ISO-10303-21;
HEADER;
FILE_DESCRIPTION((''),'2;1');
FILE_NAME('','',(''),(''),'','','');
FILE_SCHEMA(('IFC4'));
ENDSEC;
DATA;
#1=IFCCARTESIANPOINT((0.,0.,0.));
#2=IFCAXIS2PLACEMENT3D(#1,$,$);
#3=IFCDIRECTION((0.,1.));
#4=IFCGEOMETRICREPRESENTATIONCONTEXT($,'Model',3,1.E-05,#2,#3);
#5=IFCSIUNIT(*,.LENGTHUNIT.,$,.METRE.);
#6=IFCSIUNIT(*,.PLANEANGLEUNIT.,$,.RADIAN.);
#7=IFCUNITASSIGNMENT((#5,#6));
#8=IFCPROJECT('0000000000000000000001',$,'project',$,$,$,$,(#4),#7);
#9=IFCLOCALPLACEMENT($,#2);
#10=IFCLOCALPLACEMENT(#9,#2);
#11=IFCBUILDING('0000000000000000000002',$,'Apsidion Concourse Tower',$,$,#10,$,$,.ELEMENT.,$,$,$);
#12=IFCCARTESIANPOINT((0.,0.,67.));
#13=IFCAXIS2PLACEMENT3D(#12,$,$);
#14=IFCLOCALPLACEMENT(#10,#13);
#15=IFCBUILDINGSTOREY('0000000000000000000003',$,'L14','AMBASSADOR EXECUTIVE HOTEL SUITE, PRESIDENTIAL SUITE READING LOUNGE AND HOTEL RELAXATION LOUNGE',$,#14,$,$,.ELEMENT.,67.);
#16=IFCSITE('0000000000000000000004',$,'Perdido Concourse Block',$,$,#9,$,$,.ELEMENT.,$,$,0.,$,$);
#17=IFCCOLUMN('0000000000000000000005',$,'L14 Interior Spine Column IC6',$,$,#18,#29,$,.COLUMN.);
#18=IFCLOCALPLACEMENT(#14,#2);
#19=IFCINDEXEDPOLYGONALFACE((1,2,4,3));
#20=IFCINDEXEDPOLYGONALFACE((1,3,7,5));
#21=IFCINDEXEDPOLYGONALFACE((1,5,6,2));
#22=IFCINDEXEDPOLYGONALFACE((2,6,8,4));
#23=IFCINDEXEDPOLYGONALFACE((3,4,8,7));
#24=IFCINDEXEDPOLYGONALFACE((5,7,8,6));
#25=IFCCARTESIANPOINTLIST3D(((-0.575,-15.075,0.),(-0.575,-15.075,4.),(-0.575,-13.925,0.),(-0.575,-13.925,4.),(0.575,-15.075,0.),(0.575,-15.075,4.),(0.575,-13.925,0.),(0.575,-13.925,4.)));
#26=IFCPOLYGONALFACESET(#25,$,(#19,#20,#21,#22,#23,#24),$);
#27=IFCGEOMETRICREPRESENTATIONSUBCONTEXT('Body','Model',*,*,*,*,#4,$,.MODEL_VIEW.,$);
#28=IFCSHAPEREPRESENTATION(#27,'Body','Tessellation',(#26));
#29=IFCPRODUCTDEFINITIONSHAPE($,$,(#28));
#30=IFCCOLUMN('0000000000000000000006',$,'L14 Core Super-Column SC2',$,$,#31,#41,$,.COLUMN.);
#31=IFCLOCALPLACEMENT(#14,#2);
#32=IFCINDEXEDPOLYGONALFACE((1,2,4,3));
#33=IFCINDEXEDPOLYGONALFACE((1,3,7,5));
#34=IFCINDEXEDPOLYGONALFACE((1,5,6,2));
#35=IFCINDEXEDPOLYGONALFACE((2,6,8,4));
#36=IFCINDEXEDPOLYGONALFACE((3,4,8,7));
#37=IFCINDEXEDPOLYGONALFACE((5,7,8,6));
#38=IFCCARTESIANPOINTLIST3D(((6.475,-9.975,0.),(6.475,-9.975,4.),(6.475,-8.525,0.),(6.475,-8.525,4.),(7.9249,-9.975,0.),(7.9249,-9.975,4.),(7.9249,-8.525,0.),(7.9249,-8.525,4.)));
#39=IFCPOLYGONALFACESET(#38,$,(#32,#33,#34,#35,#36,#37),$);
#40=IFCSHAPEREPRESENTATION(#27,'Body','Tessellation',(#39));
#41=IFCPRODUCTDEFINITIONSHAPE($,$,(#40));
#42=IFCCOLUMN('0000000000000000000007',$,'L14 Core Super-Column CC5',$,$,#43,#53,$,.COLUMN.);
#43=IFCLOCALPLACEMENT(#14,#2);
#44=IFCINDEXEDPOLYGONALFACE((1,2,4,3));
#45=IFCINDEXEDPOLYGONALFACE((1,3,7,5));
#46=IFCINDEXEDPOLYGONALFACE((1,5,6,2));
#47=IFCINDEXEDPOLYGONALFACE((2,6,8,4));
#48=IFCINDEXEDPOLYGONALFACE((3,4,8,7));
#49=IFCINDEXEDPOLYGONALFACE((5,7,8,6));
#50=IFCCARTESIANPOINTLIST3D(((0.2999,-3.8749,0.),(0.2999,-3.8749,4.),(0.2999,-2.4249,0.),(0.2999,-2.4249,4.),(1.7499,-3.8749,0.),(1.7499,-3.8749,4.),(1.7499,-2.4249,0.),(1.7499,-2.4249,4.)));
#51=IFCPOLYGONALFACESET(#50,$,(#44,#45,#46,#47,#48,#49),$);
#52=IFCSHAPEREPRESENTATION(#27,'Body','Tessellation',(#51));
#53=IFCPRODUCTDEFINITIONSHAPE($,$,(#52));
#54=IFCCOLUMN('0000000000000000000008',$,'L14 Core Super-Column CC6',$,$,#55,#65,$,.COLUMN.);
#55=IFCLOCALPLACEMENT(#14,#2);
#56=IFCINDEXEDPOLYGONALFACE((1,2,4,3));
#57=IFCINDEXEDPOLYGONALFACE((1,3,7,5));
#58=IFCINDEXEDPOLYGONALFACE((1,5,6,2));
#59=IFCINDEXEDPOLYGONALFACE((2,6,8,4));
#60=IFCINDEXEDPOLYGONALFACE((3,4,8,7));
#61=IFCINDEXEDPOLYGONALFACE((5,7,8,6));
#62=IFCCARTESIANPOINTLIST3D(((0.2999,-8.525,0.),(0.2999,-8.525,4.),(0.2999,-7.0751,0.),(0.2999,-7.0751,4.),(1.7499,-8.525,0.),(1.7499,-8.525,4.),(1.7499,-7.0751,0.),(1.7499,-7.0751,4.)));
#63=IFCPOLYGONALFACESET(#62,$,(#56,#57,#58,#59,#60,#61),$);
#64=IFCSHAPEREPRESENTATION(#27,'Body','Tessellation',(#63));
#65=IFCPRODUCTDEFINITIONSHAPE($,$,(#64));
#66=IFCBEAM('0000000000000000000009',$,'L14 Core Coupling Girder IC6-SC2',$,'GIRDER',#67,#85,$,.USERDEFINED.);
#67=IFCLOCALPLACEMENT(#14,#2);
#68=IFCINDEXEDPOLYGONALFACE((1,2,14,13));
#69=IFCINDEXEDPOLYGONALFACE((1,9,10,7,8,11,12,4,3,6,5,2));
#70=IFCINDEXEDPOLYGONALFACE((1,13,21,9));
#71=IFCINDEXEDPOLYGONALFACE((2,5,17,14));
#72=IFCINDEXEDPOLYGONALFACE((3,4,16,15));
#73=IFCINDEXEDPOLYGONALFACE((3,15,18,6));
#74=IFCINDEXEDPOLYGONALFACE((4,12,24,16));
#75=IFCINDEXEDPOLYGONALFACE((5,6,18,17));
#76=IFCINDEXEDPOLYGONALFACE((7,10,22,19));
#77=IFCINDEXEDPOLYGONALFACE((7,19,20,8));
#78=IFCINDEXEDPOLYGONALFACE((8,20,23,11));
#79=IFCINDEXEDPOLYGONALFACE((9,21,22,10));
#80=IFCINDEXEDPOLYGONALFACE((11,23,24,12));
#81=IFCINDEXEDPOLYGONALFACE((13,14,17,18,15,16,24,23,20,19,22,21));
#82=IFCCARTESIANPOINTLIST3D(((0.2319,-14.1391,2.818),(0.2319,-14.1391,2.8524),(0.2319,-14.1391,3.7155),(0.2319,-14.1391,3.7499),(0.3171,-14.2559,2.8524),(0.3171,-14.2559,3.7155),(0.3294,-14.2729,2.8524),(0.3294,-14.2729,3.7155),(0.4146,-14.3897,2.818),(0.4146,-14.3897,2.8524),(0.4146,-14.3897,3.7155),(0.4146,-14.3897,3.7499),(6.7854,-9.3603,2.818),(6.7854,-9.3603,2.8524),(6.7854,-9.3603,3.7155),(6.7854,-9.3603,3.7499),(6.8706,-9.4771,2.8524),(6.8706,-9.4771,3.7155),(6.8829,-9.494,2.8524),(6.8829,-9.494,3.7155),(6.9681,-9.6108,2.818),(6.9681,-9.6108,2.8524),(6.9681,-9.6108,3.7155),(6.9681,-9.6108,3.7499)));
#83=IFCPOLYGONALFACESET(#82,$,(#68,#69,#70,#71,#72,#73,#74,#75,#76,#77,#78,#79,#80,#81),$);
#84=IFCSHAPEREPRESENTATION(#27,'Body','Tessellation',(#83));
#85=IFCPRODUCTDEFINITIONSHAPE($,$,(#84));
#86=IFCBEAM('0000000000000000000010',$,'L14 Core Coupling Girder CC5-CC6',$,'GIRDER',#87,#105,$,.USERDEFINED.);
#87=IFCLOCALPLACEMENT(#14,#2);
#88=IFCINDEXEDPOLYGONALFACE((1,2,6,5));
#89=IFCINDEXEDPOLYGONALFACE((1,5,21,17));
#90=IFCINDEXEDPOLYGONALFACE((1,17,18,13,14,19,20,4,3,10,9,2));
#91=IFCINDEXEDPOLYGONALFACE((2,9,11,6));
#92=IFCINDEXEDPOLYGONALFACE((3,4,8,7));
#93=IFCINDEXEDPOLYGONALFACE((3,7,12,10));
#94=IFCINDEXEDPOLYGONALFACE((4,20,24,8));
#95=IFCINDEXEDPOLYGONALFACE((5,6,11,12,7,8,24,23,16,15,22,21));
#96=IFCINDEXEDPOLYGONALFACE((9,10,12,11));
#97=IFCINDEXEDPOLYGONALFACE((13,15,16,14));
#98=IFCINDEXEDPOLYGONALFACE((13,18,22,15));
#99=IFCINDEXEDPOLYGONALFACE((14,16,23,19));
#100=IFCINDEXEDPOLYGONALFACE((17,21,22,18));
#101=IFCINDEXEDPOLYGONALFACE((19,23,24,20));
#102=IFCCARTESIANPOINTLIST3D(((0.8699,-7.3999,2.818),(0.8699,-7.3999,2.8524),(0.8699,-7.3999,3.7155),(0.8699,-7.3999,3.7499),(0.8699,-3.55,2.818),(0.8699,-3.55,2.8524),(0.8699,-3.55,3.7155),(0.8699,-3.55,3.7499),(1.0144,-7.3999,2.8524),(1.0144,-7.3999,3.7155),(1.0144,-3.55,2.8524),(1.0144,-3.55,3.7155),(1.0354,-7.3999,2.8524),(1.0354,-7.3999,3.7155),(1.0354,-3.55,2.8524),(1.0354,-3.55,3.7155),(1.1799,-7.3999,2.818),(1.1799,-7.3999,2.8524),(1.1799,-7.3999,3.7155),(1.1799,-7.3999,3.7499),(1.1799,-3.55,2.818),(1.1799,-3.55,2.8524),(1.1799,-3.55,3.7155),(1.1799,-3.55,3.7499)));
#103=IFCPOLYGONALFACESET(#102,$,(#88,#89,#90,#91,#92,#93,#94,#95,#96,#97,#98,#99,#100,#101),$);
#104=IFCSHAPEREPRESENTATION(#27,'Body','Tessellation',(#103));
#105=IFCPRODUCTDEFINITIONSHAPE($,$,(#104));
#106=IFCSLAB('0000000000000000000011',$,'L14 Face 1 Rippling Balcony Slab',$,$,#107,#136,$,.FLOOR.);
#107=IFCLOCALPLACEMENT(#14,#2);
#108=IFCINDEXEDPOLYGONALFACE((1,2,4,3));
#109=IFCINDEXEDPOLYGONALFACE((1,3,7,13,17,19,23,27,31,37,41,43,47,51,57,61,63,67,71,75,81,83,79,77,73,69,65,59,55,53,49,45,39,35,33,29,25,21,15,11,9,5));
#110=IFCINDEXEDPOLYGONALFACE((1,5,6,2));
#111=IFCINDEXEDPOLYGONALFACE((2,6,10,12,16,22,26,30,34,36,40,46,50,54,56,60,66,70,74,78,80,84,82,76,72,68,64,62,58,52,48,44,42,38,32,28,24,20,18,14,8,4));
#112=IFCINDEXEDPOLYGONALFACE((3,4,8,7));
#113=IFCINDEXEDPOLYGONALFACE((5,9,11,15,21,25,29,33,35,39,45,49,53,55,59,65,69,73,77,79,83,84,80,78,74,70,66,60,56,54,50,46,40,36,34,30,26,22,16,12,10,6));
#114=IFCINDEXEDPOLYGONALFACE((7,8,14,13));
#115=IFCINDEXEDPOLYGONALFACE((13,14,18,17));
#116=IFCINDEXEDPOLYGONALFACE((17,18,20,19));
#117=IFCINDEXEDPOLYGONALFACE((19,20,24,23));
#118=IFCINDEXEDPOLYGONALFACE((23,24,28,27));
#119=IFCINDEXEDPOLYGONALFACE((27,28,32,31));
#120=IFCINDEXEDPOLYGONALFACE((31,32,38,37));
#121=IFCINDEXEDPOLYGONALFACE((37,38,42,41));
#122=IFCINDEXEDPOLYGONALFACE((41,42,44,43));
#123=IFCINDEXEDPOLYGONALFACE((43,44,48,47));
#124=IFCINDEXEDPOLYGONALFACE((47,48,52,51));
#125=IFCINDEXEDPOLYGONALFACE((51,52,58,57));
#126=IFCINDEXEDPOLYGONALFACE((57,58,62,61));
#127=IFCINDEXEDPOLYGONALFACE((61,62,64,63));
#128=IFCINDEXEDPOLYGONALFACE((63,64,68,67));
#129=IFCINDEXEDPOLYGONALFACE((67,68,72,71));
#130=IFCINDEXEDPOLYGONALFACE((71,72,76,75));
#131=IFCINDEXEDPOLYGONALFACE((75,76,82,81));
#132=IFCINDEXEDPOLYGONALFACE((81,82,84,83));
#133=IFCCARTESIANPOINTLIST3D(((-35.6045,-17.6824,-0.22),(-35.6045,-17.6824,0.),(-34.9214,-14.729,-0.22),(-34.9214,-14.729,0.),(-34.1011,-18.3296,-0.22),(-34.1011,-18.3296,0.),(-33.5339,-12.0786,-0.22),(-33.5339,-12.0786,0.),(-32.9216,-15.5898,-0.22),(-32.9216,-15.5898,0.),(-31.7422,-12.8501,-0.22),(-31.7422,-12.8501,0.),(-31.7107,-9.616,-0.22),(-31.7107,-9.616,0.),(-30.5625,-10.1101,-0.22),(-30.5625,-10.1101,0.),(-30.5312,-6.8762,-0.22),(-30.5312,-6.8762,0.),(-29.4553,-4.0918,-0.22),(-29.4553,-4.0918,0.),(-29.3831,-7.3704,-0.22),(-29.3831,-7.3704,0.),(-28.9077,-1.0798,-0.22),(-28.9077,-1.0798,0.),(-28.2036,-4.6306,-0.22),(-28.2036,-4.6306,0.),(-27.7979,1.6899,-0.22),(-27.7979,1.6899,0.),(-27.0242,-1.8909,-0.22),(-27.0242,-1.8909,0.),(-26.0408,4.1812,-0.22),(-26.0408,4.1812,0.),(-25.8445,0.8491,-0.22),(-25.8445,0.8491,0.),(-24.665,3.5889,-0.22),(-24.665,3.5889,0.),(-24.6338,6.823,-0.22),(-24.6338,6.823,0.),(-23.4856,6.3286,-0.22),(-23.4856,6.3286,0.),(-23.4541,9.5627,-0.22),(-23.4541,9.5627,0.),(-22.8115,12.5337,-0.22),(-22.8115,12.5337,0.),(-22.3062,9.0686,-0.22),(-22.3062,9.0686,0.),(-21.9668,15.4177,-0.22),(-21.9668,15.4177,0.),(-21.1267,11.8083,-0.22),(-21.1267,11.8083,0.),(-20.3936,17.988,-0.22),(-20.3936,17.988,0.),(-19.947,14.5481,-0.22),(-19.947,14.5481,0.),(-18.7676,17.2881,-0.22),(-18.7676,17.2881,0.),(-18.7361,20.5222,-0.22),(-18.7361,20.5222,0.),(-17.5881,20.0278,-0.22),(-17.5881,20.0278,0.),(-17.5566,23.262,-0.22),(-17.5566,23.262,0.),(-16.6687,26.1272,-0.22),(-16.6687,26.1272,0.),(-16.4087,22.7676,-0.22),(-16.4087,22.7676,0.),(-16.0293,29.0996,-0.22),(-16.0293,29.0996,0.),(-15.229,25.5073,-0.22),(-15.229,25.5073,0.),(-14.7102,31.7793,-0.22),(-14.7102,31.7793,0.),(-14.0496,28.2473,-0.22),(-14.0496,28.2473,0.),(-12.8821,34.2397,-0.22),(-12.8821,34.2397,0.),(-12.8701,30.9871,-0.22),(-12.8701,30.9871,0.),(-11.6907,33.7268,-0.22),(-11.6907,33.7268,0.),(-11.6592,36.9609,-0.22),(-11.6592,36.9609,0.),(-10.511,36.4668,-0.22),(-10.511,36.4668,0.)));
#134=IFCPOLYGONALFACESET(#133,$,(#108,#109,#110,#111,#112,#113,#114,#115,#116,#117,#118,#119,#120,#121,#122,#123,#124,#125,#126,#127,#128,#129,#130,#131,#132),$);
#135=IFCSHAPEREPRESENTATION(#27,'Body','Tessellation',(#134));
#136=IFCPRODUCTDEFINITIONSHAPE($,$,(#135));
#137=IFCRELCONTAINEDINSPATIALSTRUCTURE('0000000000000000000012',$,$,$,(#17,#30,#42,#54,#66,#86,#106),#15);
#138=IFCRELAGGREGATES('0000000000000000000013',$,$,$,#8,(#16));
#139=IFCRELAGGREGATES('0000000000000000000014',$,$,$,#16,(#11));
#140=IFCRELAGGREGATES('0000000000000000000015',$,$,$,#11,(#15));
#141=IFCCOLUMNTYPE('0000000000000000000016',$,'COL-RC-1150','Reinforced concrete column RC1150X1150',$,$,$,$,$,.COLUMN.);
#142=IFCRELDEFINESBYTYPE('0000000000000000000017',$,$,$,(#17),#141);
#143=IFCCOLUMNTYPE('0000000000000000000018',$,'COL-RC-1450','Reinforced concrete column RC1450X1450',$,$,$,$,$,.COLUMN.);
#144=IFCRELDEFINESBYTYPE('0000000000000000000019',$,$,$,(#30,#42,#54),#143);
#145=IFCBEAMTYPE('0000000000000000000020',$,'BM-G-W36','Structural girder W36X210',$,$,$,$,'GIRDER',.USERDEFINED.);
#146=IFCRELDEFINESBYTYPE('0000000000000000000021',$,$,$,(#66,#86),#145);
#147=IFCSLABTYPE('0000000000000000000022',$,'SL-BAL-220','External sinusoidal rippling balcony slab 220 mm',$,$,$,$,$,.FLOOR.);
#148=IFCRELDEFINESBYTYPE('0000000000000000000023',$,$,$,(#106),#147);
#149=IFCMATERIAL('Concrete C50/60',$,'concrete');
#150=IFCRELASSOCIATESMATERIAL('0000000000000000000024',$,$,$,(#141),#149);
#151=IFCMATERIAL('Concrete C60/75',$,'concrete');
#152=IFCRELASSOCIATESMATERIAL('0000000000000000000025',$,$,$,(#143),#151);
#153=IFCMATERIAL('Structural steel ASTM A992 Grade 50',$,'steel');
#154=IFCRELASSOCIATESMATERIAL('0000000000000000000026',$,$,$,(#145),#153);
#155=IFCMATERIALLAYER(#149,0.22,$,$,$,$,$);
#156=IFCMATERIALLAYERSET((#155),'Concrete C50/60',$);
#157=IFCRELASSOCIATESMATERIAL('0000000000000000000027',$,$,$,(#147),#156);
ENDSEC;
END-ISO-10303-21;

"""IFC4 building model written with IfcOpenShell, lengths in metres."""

from ifc_helpers import new_model, si_unit, direction, frame, origin, origin_2d, place, context, subcontext, project, spatial, polyline, rectangle, i_section, outline, extrude, material, layer, layer_set, material_profile, profile_set, type_object, element, save


model = new_model("IFC4")

# Units and contexts
model_context = context("Model", 3, precision=1e-05, world=origin(), true_north=direction((0.0, 1.0)))
body_context = subcontext(model_context, "Body", "Model", "MODEL_VIEW")
ifc_project = project(units=[si_unit("LENGTHUNIT", "METRE"), si_unit("PLANEANGLEUNIT", "RADIAN")], contexts=[model_context])

# Site, building, storey
site_placement = place(None, origin())
site = spatial("IfcSite", under=ifc_project, at=site_placement, Name="Perdido Concourse Block", CompositionType="ELEMENT", RefElevation=0.0)
building_placement = place(site_placement, origin())
building = spatial("IfcBuilding", under=site, at=building_placement, Name="Apsidion Concourse Tower", CompositionType="ELEMENT")
storey_placement = place(building_placement, frame((0.0, 0.0, 67.0)))
storey = spatial("IfcBuildingStorey", under=building, at=storey_placement, Name="L14", Description="AMBASSADOR EXECUTIVE HOTEL SUITE, PRESIDENTIAL SUITE READING LOUNGE AND HOTEL RELAXATION LOUNGE", CompositionType="ELEMENT", Elevation=67.0)

# Columns
ifc_material_1 = material(Name="Concrete C50/60", Category="concrete")
ifc_material_profile_1 = material_profile(ifc_material_1, rectangle(XDim=1.1499, YDim=1.1499, at=origin_2d()), Name="RC 1150x1150")
ifc_profile_set_1 = profile_set([ifc_material_profile_1], Name="Concrete C50/60")
column_type_1 = type_object("IfcColumnType", Name="COL-RC-1150", Description="Reinforced concrete column RC1150X1150", PredefinedType="COLUMN", material=ifc_profile_set_1)
column_placement = place(storey_placement, frame((0.0, -14.5, 0.0), z_axis=(0.0, 0.0, 1.0), x_axis=(1.0, 0.0, 0.0)))
element("IfcColumn", 1, at=column_placement, inside=storey, type_object=column_type_1, Name="L14 Interior Spine Column IC6", PredefinedType="COLUMN", context=body_context, shape_type="SweptSolid", body=[
    extrude(rectangle(XDim=1.1499, YDim=1.1499, at=origin_2d()), origin(), (0.0, 0.0, 1.0), 4.0),
])
ifc_material_2 = material(Name="Concrete C60/75", Category="concrete")
ifc_material_profile_2 = material_profile(ifc_material_2, rectangle(XDim=1.45, YDim=1.45, at=origin_2d()), Name="RC 1450x1450")
ifc_profile_set_2 = profile_set([ifc_material_profile_2], Name="Concrete C60/75")
column_type_2 = type_object("IfcColumnType", Name="COL-RC-1450", Description="Reinforced concrete column RC1450X1450", PredefinedType="COLUMN", material=ifc_profile_set_2)
for number, where, z_axis, x_axis, name in (
    (2, (7.2, -9.25, 0.0), (0.0, 0.0, 1.0), (1.0, 0.0, 0.0), "L14 Core Super-Column SC2"),
    (3, (1.0249, -3.1499, 0.0), (0.0, 0.0, 1.0), (1.0, 0.0, 0.0), "L14 Core Super-Column CC5"),
    (4, (1.0249, -7.8, 0.0), (0.0, 0.0, 1.0), (1.0, 0.0, 0.0), "L14 Core Super-Column CC6"),
):
    element("IfcColumn", number, at=place(storey_placement, frame(where, z_axis=z_axis, x_axis=x_axis)), inside=storey, type_object=column_type_2, Name=name, PredefinedType="COLUMN", context=body_context, shape_type="SweptSolid", body=[
        extrude(rectangle(XDim=1.45, YDim=1.45, at=origin_2d()), origin(), (0.0, 0.0, 1.0), 4.0),
    ])

# Beams
ifc_material_3 = material(Name="Structural steel ASTM A992 Grade 50", Category="steel")
ifc_material_profile_3 = material_profile(ifc_material_3, i_section(OverallWidth=0.3101, OverallDepth=0.9319, WebThickness=0.021, FlangeThickness=0.0344, at=origin_2d()), Name="W36X210")
ifc_profile_set_3 = profile_set([ifc_material_profile_3], Name="Structural steel ASTM A992 Grade 50")
beam_type = type_object("IfcBeamType", Name="BM-G-W36", Description="Structural girder W36X210", ElementType="GIRDER", PredefinedType="USERDEFINED", material=ifc_profile_set_3)
beam_1_placement = place(storey_placement, frame((0.3232, -14.2644, 3.2839), z_axis=(0.807993, 0.589191, 0.0), x_axis=(-0.589191, 0.807993, 0.0)))
element("IfcBeam", 5, at=beam_1_placement, inside=storey, type_object=beam_type, Name="L14 Core Coupling Girder IC6-SC2", ObjectType="GIRDER", PredefinedType="USERDEFINED", context=body_context, shape_type="SweptSolid", body=[
    extrude(i_section(OverallWidth=0.3101, OverallDepth=0.9319, WebThickness=0.021, FlangeThickness=0.0344, at=origin_2d()), origin(), (0.0, 0.0, 1.0), 8.1108),
])
beam_2_placement = place(storey_placement, frame((1.0249, -3.55, 3.2839), z_axis=(0.0, -1.0, 0.0), x_axis=(1.0, 0.0, 0.0)))
element("IfcBeam", 6, at=beam_2_placement, inside=storey, type_object=beam_type, Name="L14 Core Coupling Girder CC5-CC6", ObjectType="GIRDER", PredefinedType="USERDEFINED", context=body_context, shape_type="SweptSolid", body=[
    extrude(i_section(OverallWidth=0.3101, OverallDepth=0.9319, WebThickness=0.021, FlangeThickness=0.0344, at=origin_2d()), origin(), (0.0, 0.0, 1.0), 3.8499),
])

# Slab
ifc_layer_1 = layer(ifc_material_1, 0.22)
ifc_layer_set_1 = layer_set([ifc_layer_1], Name="Concrete C50/60")
slab_type_1 = type_object("IfcSlabType", Name="SL-BAL-220", Description="External sinusoidal rippling balcony slab 220 mm", PredefinedType="FLOOR", material=ifc_layer_set_1)
slab_1_placement = place(storey_placement, frame((0.0, 0.0, -0.22)))
element("IfcSlab", 7, at=slab_1_placement, inside=storey, type_object=slab_type_1, Name="L14 Face 1 Rippling Balcony Slab", PredefinedType="FLOOR", context=body_context, shape_type="SweptSolid", body=[
    extrude(outline(polyline([(-10.511, 36.4668), (-11.6907, 33.7268), (-12.8701, 30.9871), (-14.0496, 28.2473), (-15.229, 25.5073), (-16.4087, 22.7676), (-17.5881, 20.0278), (-18.7676, 17.2881), (-19.947, 14.5481), (-21.1267, 11.8083), (-22.3062, 9.0686), (-23.4856, 6.3286), (-24.665, 3.5889), (-25.8445, 0.8491), (-27.0242, -1.8909), (-28.2036, -4.6306), (-29.3831, -7.3704), (-30.5625, -10.1101), (-31.7422, -12.8501), (-32.9216, -15.5898), (-34.1011, -18.3296), (-35.6045, -17.6824), (-34.9214, -14.729), (-33.5339, -12.0786), (-31.7107, -9.616), (-30.5312, -6.8762), (-29.4553, -4.0918), (-28.9077, -1.0798), (-27.7979, 1.6899), (-26.0408, 4.1812), (-24.6338, 6.823), (-23.4541, 9.5627), (-22.8115, 12.5337), (-21.9668, 15.4177), (-20.3936, 17.988), (-18.7361, 20.5222), (-17.5566, 23.262), (-16.6687, 26.1272), (-16.0293, 29.0996), (-14.7102, 31.7793), (-12.8821, 34.2397), (-11.6592, 36.9609), (-10.511, 36.4668)])), origin(), (0.0, 0.0, 1.0), 0.22),
])

save(model, "model.ifc")
